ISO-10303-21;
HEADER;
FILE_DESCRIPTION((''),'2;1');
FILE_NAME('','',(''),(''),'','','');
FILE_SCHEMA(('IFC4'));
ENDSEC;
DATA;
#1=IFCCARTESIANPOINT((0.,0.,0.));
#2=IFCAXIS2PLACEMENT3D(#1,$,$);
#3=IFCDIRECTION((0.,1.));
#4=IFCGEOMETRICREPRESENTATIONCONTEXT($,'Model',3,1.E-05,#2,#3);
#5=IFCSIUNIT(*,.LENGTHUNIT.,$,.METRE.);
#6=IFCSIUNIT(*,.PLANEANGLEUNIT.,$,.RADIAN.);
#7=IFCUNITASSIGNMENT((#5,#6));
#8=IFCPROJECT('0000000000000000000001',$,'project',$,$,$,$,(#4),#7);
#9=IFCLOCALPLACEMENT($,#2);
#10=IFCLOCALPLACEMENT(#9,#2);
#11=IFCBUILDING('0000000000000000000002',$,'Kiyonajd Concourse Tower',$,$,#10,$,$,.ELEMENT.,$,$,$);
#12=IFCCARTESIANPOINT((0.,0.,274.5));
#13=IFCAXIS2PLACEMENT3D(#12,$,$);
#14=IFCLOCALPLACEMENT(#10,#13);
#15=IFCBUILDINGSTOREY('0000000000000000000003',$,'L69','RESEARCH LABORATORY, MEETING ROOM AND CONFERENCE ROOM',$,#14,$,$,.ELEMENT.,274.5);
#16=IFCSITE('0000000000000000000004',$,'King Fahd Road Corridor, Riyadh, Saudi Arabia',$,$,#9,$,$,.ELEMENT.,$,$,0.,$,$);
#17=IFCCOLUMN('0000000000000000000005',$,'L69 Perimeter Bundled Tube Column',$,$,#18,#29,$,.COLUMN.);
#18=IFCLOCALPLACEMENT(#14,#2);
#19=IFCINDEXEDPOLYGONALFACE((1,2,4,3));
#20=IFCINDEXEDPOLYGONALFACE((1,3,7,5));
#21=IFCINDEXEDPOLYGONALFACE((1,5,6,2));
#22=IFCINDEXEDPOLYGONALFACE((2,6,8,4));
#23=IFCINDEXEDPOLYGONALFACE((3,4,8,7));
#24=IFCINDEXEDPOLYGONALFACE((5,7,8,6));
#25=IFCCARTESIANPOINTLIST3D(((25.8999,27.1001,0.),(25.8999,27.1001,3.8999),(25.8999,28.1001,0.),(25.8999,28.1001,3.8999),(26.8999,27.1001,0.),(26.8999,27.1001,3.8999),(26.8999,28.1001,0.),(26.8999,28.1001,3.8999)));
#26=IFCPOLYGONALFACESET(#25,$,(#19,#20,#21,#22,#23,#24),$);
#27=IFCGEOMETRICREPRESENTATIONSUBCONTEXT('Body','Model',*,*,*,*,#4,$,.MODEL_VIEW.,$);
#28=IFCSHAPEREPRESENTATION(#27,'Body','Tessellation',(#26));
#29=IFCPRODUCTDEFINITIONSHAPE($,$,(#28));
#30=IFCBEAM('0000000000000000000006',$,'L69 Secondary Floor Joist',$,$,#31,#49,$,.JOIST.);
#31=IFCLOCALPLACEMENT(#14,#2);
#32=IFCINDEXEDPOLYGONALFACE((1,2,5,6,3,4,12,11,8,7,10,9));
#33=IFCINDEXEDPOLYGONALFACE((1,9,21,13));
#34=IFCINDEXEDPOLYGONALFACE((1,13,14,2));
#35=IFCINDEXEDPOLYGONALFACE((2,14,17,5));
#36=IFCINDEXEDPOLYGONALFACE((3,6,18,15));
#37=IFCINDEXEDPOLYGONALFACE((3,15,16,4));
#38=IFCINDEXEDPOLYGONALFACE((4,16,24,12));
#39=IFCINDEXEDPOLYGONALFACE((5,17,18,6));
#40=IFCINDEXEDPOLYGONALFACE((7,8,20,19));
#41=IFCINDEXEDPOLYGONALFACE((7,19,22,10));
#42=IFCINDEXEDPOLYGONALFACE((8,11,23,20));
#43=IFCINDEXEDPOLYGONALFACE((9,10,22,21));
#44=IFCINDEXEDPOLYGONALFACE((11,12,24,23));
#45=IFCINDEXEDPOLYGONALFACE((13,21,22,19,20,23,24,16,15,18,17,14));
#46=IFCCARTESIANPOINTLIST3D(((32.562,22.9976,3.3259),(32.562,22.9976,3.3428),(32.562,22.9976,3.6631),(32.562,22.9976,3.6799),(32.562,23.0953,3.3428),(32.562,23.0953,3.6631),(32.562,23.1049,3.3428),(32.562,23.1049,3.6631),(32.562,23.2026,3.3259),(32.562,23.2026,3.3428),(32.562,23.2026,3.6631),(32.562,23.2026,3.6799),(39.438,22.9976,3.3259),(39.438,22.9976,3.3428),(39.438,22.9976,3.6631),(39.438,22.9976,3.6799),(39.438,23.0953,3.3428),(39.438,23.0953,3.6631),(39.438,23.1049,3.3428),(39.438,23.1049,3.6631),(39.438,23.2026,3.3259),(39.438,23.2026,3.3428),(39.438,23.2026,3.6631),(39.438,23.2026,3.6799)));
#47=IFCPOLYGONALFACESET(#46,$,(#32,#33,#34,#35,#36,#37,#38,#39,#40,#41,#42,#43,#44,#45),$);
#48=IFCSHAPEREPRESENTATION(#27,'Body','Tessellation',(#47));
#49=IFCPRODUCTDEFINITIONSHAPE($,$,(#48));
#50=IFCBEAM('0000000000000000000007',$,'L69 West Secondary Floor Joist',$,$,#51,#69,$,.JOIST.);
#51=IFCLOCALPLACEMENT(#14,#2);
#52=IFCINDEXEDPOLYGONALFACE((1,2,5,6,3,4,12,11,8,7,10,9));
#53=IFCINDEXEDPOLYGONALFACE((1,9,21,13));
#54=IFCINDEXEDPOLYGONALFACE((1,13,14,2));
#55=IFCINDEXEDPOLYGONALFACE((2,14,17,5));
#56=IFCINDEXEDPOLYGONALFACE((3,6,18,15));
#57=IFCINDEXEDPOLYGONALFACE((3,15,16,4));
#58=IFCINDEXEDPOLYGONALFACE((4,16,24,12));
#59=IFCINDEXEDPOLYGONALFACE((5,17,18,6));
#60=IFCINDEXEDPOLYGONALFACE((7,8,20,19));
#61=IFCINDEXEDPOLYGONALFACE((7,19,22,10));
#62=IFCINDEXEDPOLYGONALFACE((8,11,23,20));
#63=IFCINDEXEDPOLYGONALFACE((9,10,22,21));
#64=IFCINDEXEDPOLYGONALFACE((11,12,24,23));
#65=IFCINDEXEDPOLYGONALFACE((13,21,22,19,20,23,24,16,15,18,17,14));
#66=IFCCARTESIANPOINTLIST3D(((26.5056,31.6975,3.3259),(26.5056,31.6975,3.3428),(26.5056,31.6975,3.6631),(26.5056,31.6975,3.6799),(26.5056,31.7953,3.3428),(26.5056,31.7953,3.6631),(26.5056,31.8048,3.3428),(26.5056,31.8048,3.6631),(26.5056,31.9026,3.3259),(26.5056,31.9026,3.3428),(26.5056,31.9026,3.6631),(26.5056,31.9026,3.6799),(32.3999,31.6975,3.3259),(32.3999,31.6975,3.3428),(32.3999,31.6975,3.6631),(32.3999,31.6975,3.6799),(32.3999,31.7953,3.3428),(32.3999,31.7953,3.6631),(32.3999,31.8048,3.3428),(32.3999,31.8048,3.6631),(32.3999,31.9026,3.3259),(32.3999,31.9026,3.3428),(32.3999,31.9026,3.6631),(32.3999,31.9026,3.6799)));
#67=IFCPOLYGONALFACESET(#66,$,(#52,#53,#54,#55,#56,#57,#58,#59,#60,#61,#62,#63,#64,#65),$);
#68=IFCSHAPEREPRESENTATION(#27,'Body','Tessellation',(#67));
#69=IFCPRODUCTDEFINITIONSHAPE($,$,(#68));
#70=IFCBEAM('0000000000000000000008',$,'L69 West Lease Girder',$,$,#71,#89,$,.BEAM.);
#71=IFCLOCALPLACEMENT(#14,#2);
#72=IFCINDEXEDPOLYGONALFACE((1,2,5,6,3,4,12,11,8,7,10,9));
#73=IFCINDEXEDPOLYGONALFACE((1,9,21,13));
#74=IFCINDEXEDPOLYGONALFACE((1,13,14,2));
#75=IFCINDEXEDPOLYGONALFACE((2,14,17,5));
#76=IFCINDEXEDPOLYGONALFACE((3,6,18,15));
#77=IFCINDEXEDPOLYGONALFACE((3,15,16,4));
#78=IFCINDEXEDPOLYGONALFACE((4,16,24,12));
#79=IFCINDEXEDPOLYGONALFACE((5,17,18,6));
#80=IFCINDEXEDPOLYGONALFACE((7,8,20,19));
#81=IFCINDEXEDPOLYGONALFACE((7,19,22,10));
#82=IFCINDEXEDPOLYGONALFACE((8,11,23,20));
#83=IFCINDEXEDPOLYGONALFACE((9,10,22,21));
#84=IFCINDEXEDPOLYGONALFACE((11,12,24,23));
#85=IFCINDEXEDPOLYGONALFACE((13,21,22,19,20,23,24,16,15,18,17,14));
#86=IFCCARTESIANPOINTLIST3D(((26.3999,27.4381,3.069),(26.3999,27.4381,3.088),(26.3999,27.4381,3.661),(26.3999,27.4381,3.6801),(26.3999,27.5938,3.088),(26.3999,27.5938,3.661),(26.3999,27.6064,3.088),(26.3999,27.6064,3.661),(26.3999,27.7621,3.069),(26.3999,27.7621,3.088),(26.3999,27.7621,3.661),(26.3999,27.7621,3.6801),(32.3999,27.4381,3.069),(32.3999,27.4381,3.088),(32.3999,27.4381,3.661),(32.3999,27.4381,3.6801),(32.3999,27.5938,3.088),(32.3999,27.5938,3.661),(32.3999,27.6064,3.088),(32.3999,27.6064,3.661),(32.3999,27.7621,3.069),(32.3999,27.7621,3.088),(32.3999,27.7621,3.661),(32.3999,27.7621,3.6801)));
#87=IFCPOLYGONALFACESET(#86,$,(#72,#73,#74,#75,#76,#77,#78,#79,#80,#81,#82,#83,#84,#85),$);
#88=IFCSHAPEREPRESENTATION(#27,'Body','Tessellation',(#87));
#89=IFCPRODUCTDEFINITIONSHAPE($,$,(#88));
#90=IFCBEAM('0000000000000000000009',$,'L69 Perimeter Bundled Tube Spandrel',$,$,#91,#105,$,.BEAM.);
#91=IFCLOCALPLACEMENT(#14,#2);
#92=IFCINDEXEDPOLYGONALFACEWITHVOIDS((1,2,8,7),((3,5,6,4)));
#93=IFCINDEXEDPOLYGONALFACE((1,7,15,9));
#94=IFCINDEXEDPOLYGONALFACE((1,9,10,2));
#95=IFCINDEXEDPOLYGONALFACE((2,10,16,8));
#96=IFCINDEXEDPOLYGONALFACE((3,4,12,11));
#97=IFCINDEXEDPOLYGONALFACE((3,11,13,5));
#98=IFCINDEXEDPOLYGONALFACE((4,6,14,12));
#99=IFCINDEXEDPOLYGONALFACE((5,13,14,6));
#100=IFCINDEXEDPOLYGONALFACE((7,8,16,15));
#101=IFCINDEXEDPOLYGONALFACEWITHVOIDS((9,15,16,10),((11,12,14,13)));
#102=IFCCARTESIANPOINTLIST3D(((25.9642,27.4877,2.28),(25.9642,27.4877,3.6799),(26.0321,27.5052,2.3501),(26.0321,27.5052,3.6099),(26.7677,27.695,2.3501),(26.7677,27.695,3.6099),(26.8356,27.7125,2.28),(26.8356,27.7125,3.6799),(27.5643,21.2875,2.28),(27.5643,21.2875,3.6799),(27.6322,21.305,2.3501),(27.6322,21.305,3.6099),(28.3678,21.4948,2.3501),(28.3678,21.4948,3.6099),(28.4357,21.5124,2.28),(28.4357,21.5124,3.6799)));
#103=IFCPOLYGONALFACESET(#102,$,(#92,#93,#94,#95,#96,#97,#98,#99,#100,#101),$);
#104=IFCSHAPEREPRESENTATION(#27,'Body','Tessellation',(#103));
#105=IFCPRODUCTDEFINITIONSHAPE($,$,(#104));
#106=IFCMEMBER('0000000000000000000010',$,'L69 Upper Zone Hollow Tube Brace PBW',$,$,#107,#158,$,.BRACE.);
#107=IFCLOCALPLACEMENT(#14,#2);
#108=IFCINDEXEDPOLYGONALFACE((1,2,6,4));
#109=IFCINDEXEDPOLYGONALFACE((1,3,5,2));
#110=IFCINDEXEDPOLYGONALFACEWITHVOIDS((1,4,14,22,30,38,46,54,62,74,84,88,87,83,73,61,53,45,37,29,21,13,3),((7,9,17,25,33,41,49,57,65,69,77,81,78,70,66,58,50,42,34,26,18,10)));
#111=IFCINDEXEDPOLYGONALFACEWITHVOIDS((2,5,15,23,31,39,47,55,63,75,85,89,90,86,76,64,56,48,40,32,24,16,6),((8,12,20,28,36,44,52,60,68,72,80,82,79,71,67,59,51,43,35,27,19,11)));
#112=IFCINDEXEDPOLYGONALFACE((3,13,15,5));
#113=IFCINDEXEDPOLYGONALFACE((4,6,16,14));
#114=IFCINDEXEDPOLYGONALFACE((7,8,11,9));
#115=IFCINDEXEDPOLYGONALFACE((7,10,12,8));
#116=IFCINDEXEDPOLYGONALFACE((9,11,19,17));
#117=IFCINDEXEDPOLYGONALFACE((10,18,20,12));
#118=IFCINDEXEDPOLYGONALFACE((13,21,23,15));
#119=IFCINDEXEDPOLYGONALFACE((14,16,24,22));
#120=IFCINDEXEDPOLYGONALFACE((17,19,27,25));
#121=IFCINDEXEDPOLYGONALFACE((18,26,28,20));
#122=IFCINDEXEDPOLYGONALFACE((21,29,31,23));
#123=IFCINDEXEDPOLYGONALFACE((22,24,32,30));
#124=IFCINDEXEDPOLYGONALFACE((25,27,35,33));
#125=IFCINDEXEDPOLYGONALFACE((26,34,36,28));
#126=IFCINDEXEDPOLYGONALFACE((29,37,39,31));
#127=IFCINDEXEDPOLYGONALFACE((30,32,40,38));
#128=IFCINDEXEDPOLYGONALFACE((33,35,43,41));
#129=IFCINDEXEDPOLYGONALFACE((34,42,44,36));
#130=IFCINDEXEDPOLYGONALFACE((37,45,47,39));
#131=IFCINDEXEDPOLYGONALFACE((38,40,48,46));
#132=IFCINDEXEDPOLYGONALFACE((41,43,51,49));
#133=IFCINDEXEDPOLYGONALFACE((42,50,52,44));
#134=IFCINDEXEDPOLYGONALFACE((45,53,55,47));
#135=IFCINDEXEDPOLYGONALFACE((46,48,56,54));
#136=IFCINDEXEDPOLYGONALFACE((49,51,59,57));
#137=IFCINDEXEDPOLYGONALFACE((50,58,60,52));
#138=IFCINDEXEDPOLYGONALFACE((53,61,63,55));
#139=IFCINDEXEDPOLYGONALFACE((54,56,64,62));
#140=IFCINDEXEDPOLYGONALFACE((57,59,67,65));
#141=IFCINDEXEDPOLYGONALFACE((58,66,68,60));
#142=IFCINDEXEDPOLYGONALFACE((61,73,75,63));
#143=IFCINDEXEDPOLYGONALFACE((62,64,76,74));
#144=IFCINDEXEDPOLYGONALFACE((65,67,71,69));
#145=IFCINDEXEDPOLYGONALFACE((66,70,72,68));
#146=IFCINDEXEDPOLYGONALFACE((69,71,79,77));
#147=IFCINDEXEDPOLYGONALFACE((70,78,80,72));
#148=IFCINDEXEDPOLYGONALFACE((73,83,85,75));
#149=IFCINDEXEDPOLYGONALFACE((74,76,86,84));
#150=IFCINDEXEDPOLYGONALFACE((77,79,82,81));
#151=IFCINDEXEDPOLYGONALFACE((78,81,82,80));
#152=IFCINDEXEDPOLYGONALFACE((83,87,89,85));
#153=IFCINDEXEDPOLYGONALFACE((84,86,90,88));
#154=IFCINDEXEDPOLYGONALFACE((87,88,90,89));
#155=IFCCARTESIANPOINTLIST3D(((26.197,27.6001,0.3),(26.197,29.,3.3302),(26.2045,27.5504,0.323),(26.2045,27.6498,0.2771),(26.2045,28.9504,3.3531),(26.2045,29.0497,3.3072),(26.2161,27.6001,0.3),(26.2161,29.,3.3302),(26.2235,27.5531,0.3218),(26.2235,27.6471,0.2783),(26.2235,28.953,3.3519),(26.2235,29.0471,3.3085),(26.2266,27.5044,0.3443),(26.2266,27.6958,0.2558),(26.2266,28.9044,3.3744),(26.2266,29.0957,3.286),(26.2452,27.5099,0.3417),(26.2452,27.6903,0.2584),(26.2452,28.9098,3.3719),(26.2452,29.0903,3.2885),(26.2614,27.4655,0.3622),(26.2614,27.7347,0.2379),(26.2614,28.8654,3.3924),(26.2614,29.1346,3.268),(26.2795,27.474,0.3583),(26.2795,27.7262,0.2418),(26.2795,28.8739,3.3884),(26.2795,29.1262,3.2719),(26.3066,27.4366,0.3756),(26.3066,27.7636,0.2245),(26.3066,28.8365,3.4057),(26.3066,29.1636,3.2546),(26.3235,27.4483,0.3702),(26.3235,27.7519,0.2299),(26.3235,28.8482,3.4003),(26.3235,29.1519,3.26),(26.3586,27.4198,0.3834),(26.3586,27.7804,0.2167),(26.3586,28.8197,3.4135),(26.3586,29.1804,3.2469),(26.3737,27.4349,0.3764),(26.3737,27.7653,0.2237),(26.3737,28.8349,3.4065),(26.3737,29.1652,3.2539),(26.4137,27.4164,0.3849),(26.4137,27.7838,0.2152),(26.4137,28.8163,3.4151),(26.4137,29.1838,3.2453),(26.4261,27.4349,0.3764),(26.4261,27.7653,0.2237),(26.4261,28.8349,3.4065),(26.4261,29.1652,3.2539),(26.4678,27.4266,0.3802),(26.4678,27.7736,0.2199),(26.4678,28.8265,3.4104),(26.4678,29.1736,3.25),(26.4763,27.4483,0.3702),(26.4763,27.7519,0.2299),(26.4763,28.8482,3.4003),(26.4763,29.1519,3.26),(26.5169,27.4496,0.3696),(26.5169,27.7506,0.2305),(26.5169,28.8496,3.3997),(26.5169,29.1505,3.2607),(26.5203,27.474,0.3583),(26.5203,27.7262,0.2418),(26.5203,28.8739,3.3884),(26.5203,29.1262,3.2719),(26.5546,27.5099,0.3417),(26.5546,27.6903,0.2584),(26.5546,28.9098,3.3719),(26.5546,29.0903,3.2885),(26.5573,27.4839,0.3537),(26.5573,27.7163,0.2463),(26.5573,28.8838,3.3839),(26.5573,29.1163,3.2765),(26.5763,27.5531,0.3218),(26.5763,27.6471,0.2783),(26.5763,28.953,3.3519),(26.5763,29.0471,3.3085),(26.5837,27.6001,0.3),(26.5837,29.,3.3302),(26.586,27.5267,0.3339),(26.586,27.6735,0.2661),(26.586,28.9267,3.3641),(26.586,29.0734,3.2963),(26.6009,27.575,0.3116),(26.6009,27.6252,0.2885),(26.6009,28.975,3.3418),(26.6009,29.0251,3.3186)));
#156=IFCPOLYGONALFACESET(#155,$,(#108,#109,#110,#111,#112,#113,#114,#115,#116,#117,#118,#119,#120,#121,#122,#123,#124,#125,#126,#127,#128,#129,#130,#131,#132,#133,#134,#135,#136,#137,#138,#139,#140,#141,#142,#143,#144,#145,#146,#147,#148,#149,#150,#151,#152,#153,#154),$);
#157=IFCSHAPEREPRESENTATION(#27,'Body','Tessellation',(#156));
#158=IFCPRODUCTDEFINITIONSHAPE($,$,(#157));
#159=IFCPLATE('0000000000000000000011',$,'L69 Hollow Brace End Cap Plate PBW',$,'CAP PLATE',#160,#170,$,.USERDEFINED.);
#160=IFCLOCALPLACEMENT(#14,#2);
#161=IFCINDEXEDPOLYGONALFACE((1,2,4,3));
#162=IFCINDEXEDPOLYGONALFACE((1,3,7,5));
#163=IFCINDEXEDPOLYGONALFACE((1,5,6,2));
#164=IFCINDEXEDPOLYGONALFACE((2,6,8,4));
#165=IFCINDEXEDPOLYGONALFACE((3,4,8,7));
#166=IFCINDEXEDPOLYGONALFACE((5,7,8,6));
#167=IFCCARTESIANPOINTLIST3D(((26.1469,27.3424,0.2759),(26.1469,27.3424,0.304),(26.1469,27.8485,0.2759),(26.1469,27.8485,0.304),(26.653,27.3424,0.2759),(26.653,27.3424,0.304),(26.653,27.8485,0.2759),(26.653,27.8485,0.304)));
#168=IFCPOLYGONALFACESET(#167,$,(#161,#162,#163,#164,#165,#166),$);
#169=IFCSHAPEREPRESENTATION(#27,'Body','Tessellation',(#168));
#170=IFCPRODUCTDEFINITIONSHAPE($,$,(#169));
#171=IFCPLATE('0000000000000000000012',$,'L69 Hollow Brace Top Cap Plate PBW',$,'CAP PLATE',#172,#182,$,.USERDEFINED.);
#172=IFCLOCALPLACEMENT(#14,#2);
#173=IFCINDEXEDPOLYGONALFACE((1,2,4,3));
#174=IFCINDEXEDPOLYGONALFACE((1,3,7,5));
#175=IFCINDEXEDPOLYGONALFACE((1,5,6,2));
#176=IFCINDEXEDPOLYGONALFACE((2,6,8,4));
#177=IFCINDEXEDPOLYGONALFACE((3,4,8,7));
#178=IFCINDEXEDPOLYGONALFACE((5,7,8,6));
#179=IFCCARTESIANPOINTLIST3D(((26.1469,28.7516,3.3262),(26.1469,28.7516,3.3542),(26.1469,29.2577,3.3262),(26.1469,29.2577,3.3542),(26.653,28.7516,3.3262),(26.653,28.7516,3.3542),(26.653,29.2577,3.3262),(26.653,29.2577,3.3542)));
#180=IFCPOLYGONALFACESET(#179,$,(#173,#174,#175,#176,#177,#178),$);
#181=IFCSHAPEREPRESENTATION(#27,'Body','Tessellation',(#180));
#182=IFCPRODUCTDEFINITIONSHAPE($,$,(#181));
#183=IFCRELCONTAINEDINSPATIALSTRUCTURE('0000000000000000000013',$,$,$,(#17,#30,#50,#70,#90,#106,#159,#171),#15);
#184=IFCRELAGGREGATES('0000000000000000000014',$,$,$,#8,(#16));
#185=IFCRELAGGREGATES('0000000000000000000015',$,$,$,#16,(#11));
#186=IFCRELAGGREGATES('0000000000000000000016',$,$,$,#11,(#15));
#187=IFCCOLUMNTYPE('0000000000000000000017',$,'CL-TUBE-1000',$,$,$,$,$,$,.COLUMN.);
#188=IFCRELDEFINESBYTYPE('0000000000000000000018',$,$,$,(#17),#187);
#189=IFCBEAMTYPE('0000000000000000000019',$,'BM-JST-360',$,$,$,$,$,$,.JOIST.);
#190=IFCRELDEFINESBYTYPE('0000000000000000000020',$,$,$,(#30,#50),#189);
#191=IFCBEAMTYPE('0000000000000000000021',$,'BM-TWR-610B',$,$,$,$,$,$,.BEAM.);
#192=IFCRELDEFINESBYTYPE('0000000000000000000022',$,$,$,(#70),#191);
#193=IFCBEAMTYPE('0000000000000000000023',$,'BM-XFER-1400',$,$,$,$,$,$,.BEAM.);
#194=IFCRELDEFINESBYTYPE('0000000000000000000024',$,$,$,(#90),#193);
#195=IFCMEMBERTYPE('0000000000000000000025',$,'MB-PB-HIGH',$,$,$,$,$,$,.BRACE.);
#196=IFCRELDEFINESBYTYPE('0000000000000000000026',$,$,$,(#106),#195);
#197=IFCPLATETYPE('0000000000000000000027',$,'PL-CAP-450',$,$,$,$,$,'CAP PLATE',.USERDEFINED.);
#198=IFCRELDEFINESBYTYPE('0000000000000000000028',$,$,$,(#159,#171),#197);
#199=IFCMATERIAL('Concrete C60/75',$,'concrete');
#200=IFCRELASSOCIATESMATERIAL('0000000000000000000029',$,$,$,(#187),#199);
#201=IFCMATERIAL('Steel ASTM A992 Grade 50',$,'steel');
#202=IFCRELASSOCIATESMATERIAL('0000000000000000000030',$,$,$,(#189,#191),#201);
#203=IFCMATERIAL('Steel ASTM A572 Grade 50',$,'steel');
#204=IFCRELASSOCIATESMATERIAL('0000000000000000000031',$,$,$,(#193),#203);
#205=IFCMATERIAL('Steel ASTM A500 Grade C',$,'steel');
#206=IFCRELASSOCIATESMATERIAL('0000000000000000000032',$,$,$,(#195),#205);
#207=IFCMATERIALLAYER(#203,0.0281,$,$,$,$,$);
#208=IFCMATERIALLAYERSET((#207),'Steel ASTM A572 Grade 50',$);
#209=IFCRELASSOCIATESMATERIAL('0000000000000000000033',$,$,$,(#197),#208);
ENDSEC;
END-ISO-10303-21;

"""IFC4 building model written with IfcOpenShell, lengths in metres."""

from ifc_helpers import new_model, si_unit, direction, frame, origin, origin_2d, place, context, subcontext, project, spatial, rectangle, hollow_rectangle, hollow_circle, i_section, extrude, material, layer, layer_set, material_profile, profile_set, type_object, element, save


model = new_model("IFC4")

# Units and contexts
model_context = context("Model", 3, precision=1e-05, world=origin(), true_north=direction((0.0, 1.0)))
body_context = subcontext(model_context, "Body", "Model", "MODEL_VIEW")
ifc_project = project(units=[si_unit("LENGTHUNIT", "METRE"), si_unit("PLANEANGLEUNIT", "RADIAN")], contexts=[model_context])

# Site, building, storey
site_placement = place(None, origin())
site = spatial("IfcSite", under=ifc_project, at=site_placement, Name="King Fahd Road Corridor, Riyadh, Saudi Arabia", CompositionType="ELEMENT", RefElevation=0.0)
building_placement = place(site_placement, origin())
building = spatial("IfcBuilding", under=site, at=building_placement, Name="Kiyonajd Concourse Tower", CompositionType="ELEMENT")
storey_placement = place(building_placement, frame((0.0, 0.0, 274.5)))
storey = spatial("IfcBuildingStorey", under=building, at=storey_placement, Name="L69", Description="RESEARCH LABORATORY, MEETING ROOM AND CONFERENCE ROOM", CompositionType="ELEMENT", Elevation=274.5)

# Column
ifc_material_1 = material(Name="Concrete C60/75", Category="concrete")
ifc_material_profile_1 = material_profile(ifc_material_1, rectangle(XDim=1.0, YDim=1.0, at=origin_2d()), Name="RC-1000x1000")
ifc_profile_set_1 = profile_set([ifc_material_profile_1], Name="Concrete C60/75")
column_type = type_object("IfcColumnType", Name="CL-TUBE-1000", PredefinedType="COLUMN", material=ifc_profile_set_1)
column_placement = place(storey_placement, frame((26.3999, 27.6001, 0.0), z_axis=(0.0, 0.0, 1.0), x_axis=(1.0, 0.0, 0.0)))
element("IfcColumn", 1, at=column_placement, inside=storey, type_object=column_type, Name="L69 Perimeter Bundled Tube Column", PredefinedType="COLUMN", context=body_context, shape_type="SweptSolid", body=[
    extrude(rectangle(XDim=1.0, YDim=1.0, at=origin_2d()), origin(), (0.0, 0.0, 1.0), 3.8999),
])

# Beams
ifc_material_2 = material(Name="Steel ASTM A992 Grade 50", Category="steel")
ifc_material_profile_2 = material_profile(ifc_material_2, i_section(OverallWidth=0.2051, OverallDepth=0.354, WebThickness=0.0095, FlangeThickness=0.0168, at=origin_2d()), Name="W360X79")
ifc_profile_set_2 = profile_set([ifc_material_profile_2], Name="Steel ASTM A992 Grade 50")
beam_type_1 = type_object("IfcBeamType", Name="BM-JST-360", PredefinedType="JOIST", material=ifc_profile_set_2)
beam_1_placement = place(storey_placement, frame((32.562, 23.1001, 3.5029), z_axis=(1.0, 0.0, 0.0), x_axis=(0.0, 1.0, 0.0)))
element("IfcBeam", 2, at=beam_1_placement, inside=storey, type_object=beam_type_1, Name="L69 Secondary Floor Joist", PredefinedType="JOIST", context=body_context, shape_type="SweptSolid", body=[
    extrude(i_section(OverallWidth=0.2051, OverallDepth=0.354, WebThickness=0.0095, FlangeThickness=0.0168, at=origin_2d()), origin(), (0.0, 0.0, 1.0), 6.876),
])
beam_2_placement = place(storey_placement, frame((26.5056, 31.8, 3.5029), z_axis=(1.0, 0.0, 0.0), x_axis=(0.0, 1.0, 0.0)))
element("IfcBeam", 3, at=beam_2_placement, inside=storey, type_object=beam_type_1, Name="L69 West Secondary Floor Joist", PredefinedType="JOIST", context=body_context, shape_type="SweptSolid", body=[
    extrude(i_section(OverallWidth=0.2051, OverallDepth=0.354, WebThickness=0.0095, FlangeThickness=0.0168, at=origin_2d()), origin(), (0.0, 0.0, 1.0), 5.8943),
])
ifc_material_profile_3 = material_profile(ifc_material_2, i_section(OverallWidth=0.324, OverallDepth=0.6111, WebThickness=0.0127, FlangeThickness=0.019, at=origin_2d()), Name="W610X155")
ifc_profile_set_3 = profile_set([ifc_material_profile_3], Name="Steel ASTM A992 Grade 50")
beam_type_2 = type_object("IfcBeamType", Name="BM-TWR-610B", PredefinedType="BEAM", material=ifc_profile_set_3)
beam_3_placement = place(storey_placement, frame((26.3999, 27.6001, 3.3745), z_axis=(1.0, 0.0, 0.0), x_axis=(0.0, 1.0, 0.0)))
element("IfcBeam", 4, at=beam_3_placement, inside=storey, type_object=beam_type_2, Name="L69 West Lease Girder", PredefinedType="BEAM", context=body_context, shape_type="SweptSolid", body=[
    extrude(i_section(OverallWidth=0.324, OverallDepth=0.6111, WebThickness=0.0127, FlangeThickness=0.019, at=origin_2d()), origin(), (0.0, 0.0, 1.0), 6.0),
])
ifc_material_3 = material(Name="Steel ASTM A572 Grade 50", Category="steel")
ifc_material_profile_4 = material_profile(ifc_material_3, hollow_rectangle(XDim=0.8999, YDim=1.3999, WallThickness=0.0701, at=origin_2d()), Name="BOX-1400x900x70")
ifc_profile_set_4 = profile_set([ifc_material_profile_4], Name="Steel ASTM A572 Grade 50")
beam_type_3 = type_object("IfcBeamType", Name="BM-XFER-1400", PredefinedType="BEAM", material=ifc_profile_set_4)
beam_4_placement = place(storey_placement, frame((26.3999, 27.6001, 2.98), z_axis=(0.249885, -0.968276, 0.0), x_axis=(0.968276, 0.249885, 0.0)))
element("IfcBeam", 5, at=beam_4_placement, inside=storey, type_object=beam_type_3, Name="L69 Perimeter Bundled Tube Spandrel", PredefinedType="BEAM", context=body_context, shape_type="SweptSolid", body=[
    extrude(hollow_rectangle(XDim=0.8999, YDim=1.3999, WallThickness=0.0701, at=origin_2d()), origin(), (0.0, 0.0, 1.0), 6.4033),
])

# Member
ifc_material_4 = material(Name="Steel ASTM A500 Grade C", Category="steel")
ifc_material_profile_5 = material_profile(ifc_material_4, hollow_circle(Radius=0.2029, WallThickness=0.019, at=origin_2d()), Name="CHS-406x19")
ifc_profile_set_5 = profile_set([ifc_material_profile_5], Name="Steel ASTM A500 Grade C")
member_type = type_object("IfcMemberType", Name="MB-PB-HIGH", PredefinedType="BRACE", material=ifc_profile_set_5)
member_placement = place(storey_placement, frame((26.3999, 27.6001, 0.3), z_axis=(0.0, 0.419411, 0.907797), x_axis=(-1.0, 0.0, 0.0)))
element("IfcMember", 6, at=member_placement, inside=storey, type_object=member_type, Name="L69 Upper Zone Hollow Tube Brace PBW", PredefinedType="BRACE", context=body_context, shape_type="SweptSolid", body=[
    extrude(hollow_circle(Radius=0.2029, WallThickness=0.019, at=origin_2d()), origin(), (0.0, 0.0, 1.0), 3.3379),
])

# Plates
ifc_layer_1 = layer(ifc_material_3, 0.0281)
ifc_layer_set_1 = layer_set([ifc_layer_1], Name="Steel ASTM A572 Grade 50")
plate_type_1 = type_object("IfcPlateType", Name="PL-CAP-450", ElementType="CAP PLATE", PredefinedType="USERDEFINED", material=ifc_layer_set_1)
for number, where, z_axis, x_axis, name in (
    (7, (26.3999, 27.5955, 0.2759), (0.0, 0.0, 1.0), (1.0, 0.0, 0.0), "L69 Hollow Brace End Cap Plate PBW"),
    (8, (26.3999, 29.0046, 3.3262), (0.0, 0.0, 1.0), (1.0, 0.0, 0.0), "L69 Hollow Brace Top Cap Plate PBW"),
):
    element("IfcPlate", number, at=place(storey_placement, frame(where, z_axis=z_axis, x_axis=x_axis)), inside=storey, type_object=plate_type_1, Name=name, ObjectType="CAP PLATE", PredefinedType="USERDEFINED", context=body_context, shape_type="SweptSolid", body=[
        extrude(rectangle(XDim=0.5061, YDim=0.5061, at=origin_2d()), origin(), (0.0, 0.0, 1.0), 0.0281),
    ])

save(model, "model.ifc")
